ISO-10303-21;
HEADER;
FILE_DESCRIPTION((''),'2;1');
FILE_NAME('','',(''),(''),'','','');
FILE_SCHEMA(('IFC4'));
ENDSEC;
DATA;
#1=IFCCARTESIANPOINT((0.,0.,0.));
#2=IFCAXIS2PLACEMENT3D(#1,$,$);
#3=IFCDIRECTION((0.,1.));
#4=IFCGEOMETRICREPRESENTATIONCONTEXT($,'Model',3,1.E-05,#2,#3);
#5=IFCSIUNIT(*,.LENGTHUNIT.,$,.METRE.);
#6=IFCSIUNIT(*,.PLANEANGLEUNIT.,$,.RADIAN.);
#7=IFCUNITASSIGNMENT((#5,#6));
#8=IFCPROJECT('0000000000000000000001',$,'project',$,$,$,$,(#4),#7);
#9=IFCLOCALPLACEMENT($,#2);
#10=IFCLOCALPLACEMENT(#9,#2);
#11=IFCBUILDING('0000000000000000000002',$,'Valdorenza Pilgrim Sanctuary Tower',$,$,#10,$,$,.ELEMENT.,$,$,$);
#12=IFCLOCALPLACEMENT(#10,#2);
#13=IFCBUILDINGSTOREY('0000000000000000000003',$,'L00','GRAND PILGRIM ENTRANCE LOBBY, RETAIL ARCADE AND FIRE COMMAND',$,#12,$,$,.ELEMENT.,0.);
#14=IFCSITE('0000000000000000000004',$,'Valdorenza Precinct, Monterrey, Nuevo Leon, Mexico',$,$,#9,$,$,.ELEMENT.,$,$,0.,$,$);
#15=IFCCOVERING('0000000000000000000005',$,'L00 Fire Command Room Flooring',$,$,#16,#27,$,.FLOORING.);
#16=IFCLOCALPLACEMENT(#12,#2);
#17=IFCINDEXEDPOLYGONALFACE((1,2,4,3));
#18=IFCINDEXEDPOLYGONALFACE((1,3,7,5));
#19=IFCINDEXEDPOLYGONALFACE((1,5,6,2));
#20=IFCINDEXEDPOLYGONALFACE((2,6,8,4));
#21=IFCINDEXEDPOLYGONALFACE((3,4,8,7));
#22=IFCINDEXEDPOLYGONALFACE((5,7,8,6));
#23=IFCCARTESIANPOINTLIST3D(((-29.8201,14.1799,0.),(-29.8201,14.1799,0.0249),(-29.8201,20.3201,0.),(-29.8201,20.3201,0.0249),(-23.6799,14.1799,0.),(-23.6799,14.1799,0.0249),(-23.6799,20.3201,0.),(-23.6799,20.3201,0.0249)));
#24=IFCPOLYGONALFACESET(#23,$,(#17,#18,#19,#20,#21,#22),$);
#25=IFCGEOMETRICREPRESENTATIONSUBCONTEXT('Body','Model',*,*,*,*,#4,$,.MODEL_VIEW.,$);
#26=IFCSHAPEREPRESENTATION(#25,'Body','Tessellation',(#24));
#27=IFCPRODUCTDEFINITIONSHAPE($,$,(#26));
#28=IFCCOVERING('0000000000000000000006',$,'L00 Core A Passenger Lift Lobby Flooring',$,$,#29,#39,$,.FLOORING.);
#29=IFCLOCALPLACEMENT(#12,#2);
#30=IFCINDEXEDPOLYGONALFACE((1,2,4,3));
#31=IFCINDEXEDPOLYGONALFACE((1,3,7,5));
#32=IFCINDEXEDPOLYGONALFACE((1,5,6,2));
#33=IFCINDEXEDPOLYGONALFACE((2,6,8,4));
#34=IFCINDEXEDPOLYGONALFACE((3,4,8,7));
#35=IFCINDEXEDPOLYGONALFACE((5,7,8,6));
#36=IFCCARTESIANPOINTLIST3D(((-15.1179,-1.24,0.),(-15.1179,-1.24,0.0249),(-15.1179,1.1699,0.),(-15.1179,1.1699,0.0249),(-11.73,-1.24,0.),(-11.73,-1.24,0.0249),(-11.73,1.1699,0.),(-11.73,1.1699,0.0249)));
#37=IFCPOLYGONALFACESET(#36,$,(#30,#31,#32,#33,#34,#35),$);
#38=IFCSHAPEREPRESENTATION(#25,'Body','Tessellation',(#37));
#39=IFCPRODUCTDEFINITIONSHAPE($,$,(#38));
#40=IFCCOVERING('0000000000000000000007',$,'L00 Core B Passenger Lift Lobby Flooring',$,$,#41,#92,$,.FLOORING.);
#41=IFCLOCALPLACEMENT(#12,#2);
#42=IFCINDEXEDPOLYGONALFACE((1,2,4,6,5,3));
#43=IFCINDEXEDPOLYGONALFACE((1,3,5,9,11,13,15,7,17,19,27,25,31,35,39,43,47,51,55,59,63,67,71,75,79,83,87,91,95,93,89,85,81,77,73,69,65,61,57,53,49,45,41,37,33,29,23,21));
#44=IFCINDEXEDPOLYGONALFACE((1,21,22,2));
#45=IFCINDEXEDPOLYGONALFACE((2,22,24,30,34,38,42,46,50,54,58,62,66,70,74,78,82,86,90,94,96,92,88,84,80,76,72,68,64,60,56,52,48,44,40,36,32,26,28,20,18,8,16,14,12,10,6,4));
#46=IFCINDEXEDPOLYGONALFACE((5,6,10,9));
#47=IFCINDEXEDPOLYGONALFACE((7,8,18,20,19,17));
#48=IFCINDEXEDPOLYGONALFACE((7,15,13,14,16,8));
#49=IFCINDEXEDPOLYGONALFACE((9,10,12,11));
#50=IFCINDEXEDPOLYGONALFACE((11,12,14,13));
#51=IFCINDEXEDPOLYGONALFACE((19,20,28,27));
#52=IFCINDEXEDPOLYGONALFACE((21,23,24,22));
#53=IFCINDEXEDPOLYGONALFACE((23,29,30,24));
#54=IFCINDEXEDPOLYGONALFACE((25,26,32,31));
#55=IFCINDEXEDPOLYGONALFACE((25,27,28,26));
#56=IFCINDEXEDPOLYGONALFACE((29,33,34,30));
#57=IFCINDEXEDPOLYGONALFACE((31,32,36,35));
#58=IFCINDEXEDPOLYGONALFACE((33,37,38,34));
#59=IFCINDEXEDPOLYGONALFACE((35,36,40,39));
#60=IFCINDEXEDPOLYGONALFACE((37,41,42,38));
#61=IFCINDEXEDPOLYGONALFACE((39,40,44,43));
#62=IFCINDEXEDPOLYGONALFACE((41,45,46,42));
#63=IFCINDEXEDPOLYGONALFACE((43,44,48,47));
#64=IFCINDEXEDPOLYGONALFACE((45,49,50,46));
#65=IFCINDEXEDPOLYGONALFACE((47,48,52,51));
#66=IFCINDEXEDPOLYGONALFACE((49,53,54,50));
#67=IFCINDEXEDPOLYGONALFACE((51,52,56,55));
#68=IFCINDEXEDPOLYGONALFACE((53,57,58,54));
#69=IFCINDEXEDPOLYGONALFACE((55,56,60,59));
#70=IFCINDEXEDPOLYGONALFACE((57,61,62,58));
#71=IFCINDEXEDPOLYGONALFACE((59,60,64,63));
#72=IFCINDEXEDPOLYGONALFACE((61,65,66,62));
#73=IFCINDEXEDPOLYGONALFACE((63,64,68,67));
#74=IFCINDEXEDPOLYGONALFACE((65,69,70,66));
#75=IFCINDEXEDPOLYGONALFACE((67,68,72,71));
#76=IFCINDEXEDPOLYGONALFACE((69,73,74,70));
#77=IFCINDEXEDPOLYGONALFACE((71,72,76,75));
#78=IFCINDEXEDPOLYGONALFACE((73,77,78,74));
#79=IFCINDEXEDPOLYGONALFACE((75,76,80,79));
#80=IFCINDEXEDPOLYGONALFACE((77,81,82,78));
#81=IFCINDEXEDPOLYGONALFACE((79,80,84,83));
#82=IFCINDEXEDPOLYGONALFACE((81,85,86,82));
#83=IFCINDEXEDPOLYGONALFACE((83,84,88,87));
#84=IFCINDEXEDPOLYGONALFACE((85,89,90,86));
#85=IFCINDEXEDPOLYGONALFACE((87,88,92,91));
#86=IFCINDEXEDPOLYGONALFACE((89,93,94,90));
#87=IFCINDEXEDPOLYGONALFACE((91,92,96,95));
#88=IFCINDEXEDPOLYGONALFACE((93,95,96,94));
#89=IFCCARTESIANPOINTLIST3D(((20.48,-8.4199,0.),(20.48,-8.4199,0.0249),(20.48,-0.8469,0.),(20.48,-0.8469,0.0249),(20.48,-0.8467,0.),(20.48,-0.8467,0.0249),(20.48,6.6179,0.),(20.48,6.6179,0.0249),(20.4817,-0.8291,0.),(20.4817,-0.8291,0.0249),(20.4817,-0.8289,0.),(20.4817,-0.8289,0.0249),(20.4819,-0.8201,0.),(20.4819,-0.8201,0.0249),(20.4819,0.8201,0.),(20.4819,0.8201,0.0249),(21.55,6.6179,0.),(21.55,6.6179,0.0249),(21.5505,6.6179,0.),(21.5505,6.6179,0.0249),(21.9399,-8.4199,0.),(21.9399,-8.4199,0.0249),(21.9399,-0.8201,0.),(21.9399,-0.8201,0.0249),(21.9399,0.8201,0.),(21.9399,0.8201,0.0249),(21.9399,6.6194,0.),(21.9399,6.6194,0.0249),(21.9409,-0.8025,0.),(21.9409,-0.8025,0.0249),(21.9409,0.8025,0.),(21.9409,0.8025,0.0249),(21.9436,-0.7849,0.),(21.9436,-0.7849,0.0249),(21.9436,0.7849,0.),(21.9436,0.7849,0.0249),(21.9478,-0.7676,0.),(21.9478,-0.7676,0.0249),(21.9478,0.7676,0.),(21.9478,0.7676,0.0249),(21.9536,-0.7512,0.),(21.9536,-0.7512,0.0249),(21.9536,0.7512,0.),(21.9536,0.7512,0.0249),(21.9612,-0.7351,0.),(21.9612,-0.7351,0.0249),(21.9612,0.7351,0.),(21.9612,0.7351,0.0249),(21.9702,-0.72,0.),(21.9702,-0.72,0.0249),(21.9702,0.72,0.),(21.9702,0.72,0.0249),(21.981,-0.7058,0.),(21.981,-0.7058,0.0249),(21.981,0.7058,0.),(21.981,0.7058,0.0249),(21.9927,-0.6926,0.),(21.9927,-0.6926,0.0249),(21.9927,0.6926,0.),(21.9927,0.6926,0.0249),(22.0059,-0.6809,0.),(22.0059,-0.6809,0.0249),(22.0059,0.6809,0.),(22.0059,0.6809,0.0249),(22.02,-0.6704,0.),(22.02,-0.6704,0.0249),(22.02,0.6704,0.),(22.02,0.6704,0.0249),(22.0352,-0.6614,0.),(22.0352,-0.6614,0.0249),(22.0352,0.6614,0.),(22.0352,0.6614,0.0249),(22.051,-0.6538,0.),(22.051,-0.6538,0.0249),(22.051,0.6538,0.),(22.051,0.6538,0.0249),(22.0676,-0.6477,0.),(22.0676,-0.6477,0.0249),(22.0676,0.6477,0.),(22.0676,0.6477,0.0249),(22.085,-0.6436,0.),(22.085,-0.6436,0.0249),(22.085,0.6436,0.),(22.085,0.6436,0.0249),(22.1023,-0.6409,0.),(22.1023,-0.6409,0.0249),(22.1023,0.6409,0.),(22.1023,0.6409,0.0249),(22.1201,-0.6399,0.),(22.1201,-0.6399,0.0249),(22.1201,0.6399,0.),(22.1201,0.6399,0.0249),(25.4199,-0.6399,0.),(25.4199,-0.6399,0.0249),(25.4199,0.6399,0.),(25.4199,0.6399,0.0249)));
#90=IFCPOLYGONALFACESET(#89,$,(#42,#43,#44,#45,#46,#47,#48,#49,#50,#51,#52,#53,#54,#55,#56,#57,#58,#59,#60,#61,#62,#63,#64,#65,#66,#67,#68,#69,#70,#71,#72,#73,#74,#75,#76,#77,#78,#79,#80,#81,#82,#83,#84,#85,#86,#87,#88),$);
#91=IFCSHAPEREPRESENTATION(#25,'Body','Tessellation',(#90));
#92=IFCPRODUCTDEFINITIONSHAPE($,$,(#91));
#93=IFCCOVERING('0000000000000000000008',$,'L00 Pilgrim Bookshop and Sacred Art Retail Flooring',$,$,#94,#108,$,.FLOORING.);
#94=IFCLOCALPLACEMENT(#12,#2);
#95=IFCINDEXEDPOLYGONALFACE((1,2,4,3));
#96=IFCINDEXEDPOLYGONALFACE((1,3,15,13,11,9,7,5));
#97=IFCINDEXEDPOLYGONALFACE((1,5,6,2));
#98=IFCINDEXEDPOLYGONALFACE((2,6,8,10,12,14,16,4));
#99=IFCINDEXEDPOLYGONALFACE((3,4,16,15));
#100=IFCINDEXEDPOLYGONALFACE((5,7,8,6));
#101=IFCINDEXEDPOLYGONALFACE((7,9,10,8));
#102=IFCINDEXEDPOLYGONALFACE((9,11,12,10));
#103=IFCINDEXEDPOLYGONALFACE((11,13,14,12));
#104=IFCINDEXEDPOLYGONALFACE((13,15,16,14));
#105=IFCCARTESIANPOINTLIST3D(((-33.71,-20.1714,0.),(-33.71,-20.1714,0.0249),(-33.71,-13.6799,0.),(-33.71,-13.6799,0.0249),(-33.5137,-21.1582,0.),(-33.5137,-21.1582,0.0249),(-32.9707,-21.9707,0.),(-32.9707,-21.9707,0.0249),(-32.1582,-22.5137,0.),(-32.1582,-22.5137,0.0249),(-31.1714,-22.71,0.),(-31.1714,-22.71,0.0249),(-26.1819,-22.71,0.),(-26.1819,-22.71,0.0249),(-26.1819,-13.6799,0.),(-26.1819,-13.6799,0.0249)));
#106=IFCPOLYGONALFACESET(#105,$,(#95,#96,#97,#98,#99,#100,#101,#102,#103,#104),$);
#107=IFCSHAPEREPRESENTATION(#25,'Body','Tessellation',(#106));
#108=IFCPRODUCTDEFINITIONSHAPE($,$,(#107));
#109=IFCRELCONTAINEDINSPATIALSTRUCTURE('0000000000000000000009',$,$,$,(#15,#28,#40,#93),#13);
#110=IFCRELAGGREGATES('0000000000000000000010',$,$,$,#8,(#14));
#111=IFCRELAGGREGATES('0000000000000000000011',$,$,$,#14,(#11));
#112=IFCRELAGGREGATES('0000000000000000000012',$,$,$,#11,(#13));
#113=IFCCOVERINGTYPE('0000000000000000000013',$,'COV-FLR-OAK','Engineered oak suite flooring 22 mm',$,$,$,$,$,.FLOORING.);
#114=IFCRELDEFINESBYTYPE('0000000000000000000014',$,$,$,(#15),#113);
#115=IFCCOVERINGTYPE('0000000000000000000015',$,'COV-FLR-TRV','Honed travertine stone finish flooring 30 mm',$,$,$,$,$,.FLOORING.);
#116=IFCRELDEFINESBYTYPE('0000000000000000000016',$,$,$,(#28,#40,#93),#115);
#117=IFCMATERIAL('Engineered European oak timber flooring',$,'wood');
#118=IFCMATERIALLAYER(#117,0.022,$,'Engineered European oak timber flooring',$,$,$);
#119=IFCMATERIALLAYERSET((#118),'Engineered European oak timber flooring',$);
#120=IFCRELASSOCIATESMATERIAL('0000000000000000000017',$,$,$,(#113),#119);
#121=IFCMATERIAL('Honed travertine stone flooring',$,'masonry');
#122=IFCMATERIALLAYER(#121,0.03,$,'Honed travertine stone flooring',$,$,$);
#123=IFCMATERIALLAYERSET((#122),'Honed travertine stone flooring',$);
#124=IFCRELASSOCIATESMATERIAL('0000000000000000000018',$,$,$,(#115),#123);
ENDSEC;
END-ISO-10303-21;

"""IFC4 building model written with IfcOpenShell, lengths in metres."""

from ifc_helpers import new_model, si_unit, direction, origin, place, context, subcontext, project, spatial, polyline, outline, extrude, material, layer, layer_set, type_object, element, save


model = new_model("IFC4")

# Units and contexts
model_context = context("Model", 3, precision=1e-05, world=origin(), true_north=direction((0.0, 1.0)))
body_context = subcontext(model_context, "Body", "Model", "MODEL_VIEW")
ifc_project = project(units=[si_unit("LENGTHUNIT", "METRE"), si_unit("PLANEANGLEUNIT", "RADIAN")], contexts=[model_context])

# Site, building, storey
site_placement = place(None, origin())
site = spatial("IfcSite", under=ifc_project, at=site_placement, Name="Valdorenza Precinct, Monterrey, Nuevo Leon, Mexico", CompositionType="ELEMENT", RefElevation=0.0)
building_placement = place(site_placement, origin())
building = spatial("IfcBuilding", under=site, at=building_placement, Name="Valdorenza Pilgrim Sanctuary Tower", CompositionType="ELEMENT")
storey_placement = place(building_placement, origin())
storey = spatial("IfcBuildingStorey", under=building, at=storey_placement, Name="L00", Description="GRAND PILGRIM ENTRANCE LOBBY, RETAIL ARCADE AND FIRE COMMAND", CompositionType="ELEMENT", Elevation=0.0)

# Coverings
ifc_material_1 = material(Name="Engineered European oak timber flooring", Category="wood")
ifc_layer_1 = layer(ifc_material_1, 0.022, Name="Engineered European oak timber flooring")
ifc_layer_set_1 = layer_set([ifc_layer_1], Name="Engineered European oak timber flooring")
covering_type_1 = type_object("IfcCoveringType", Name="COV-FLR-OAK", Description="Engineered oak suite flooring 22 mm", PredefinedType="FLOORING", material=ifc_layer_set_1)
covering_1_placement = place(storey_placement, origin())
element("IfcCovering", 1, at=covering_1_placement, inside=storey, type_object=covering_type_1, Name="L00 Fire Command Room Flooring", PredefinedType="FLOORING", context=body_context, shape_type="SweptSolid", body=[
    extrude(outline(polyline([(-29.8201, 20.3201), (-23.6799, 20.3201), (-23.6799, 14.1799), (-29.8201, 14.1799), (-29.8201, 20.3201)])), origin(), (0.0, 0.0, 1.0), 0.0249),
])
ifc_material_2 = material(Name="Honed travertine stone flooring", Category="masonry")
ifc_layer_2 = layer(ifc_material_2, 0.03, Name="Honed travertine stone flooring")
ifc_layer_set_2 = layer_set([ifc_layer_2], Name="Honed travertine stone flooring")
covering_type_2 = type_object("IfcCoveringType", Name="COV-FLR-TRV", Description="Honed travertine stone finish flooring 30 mm", PredefinedType="FLOORING", material=ifc_layer_set_2)
covering_2_placement = place(storey_placement, origin())
element("IfcCovering", 2, at=covering_2_placement, inside=storey, type_object=covering_type_2, Name="L00 Core A Passenger Lift Lobby Flooring", PredefinedType="FLOORING", context=body_context, shape_type="SweptSolid", body=[
    extrude(outline(polyline([(-15.1179, 1.1699), (-11.73, 1.1699), (-11.73, -1.24), (-15.1179, -1.24), (-15.1179, 1.1699)])), origin(), (0.0, 0.0, 1.0), 0.0249),
])
covering_3_placement = place(storey_placement, origin())
element("IfcCovering", 3, at=covering_3_placement, inside=storey, type_object=covering_type_2, Name="L00 Core B Passenger Lift Lobby Flooring", PredefinedType="FLOORING", context=body_context, shape_type="SweptSolid", body=[
    extrude(outline(polyline([(20.48, 6.6179), (21.55, 6.6179), (21.5505, 6.6179), (21.9399, 6.6194), (21.9399, 0.8201), (21.9409, 0.8025), (21.9436, 0.7849), (21.9478, 0.7676), (21.9536, 0.7512), (21.9612, 0.7351), (21.9702, 0.72), (21.981, 0.7058), (21.9927, 0.6926), (22.0059, 0.6809), (22.02, 0.6704), (22.0352, 0.6614), (22.051, 0.6538), (22.0676, 0.6477), (22.085, 0.6436), (22.1023, 0.6409), (22.1201, 0.6399), (25.4199, 0.6399), (25.4199, -0.6399), (22.1201, -0.6399), (22.1023, -0.6409), (22.085, -0.6436), (22.0676, -0.6477), (22.051, -0.6538), (22.0352, -0.6614), (22.02, -0.6704), (22.0059, -0.6809), (21.9927, -0.6926), (21.981, -0.7058), (21.9702, -0.72), (21.9612, -0.7351), (21.9536, -0.7512), (21.9478, -0.7676), (21.9436, -0.7849), (21.9409, -0.8025), (21.9399, -0.8201), (21.9399, -8.4199), (20.48, -8.4199), (20.48, -0.8469), (20.48, -0.8467), (20.48, -0.8467), (20.4817, -0.8291), (20.4817, -0.8289), (20.4819, -0.8201), (20.4819, 0.8201), (20.48, 6.6179)])), origin(), (0.0, 0.0, 1.0), 0.0249),
])
covering_4_placement = place(storey_placement, origin())
element("IfcCovering", 4, at=covering_4_placement, inside=storey, type_object=covering_type_2, Name="L00 Pilgrim Bookshop and Sacred Art Retail Flooring", PredefinedType="FLOORING", context=body_context, shape_type="SweptSolid", body=[
    extrude(outline(polyline([(-26.1819, -22.71), (-31.1714, -22.71), (-32.1582, -22.5137), (-32.9707, -21.9707), (-33.5137, -21.1582), (-33.71, -20.1714), (-33.71, -13.6799), (-26.1819, -13.6799), (-26.1819, -22.71)])), origin(), (0.0, 0.0, 1.0), 0.0249),
])

save(model, "model.ifc")
